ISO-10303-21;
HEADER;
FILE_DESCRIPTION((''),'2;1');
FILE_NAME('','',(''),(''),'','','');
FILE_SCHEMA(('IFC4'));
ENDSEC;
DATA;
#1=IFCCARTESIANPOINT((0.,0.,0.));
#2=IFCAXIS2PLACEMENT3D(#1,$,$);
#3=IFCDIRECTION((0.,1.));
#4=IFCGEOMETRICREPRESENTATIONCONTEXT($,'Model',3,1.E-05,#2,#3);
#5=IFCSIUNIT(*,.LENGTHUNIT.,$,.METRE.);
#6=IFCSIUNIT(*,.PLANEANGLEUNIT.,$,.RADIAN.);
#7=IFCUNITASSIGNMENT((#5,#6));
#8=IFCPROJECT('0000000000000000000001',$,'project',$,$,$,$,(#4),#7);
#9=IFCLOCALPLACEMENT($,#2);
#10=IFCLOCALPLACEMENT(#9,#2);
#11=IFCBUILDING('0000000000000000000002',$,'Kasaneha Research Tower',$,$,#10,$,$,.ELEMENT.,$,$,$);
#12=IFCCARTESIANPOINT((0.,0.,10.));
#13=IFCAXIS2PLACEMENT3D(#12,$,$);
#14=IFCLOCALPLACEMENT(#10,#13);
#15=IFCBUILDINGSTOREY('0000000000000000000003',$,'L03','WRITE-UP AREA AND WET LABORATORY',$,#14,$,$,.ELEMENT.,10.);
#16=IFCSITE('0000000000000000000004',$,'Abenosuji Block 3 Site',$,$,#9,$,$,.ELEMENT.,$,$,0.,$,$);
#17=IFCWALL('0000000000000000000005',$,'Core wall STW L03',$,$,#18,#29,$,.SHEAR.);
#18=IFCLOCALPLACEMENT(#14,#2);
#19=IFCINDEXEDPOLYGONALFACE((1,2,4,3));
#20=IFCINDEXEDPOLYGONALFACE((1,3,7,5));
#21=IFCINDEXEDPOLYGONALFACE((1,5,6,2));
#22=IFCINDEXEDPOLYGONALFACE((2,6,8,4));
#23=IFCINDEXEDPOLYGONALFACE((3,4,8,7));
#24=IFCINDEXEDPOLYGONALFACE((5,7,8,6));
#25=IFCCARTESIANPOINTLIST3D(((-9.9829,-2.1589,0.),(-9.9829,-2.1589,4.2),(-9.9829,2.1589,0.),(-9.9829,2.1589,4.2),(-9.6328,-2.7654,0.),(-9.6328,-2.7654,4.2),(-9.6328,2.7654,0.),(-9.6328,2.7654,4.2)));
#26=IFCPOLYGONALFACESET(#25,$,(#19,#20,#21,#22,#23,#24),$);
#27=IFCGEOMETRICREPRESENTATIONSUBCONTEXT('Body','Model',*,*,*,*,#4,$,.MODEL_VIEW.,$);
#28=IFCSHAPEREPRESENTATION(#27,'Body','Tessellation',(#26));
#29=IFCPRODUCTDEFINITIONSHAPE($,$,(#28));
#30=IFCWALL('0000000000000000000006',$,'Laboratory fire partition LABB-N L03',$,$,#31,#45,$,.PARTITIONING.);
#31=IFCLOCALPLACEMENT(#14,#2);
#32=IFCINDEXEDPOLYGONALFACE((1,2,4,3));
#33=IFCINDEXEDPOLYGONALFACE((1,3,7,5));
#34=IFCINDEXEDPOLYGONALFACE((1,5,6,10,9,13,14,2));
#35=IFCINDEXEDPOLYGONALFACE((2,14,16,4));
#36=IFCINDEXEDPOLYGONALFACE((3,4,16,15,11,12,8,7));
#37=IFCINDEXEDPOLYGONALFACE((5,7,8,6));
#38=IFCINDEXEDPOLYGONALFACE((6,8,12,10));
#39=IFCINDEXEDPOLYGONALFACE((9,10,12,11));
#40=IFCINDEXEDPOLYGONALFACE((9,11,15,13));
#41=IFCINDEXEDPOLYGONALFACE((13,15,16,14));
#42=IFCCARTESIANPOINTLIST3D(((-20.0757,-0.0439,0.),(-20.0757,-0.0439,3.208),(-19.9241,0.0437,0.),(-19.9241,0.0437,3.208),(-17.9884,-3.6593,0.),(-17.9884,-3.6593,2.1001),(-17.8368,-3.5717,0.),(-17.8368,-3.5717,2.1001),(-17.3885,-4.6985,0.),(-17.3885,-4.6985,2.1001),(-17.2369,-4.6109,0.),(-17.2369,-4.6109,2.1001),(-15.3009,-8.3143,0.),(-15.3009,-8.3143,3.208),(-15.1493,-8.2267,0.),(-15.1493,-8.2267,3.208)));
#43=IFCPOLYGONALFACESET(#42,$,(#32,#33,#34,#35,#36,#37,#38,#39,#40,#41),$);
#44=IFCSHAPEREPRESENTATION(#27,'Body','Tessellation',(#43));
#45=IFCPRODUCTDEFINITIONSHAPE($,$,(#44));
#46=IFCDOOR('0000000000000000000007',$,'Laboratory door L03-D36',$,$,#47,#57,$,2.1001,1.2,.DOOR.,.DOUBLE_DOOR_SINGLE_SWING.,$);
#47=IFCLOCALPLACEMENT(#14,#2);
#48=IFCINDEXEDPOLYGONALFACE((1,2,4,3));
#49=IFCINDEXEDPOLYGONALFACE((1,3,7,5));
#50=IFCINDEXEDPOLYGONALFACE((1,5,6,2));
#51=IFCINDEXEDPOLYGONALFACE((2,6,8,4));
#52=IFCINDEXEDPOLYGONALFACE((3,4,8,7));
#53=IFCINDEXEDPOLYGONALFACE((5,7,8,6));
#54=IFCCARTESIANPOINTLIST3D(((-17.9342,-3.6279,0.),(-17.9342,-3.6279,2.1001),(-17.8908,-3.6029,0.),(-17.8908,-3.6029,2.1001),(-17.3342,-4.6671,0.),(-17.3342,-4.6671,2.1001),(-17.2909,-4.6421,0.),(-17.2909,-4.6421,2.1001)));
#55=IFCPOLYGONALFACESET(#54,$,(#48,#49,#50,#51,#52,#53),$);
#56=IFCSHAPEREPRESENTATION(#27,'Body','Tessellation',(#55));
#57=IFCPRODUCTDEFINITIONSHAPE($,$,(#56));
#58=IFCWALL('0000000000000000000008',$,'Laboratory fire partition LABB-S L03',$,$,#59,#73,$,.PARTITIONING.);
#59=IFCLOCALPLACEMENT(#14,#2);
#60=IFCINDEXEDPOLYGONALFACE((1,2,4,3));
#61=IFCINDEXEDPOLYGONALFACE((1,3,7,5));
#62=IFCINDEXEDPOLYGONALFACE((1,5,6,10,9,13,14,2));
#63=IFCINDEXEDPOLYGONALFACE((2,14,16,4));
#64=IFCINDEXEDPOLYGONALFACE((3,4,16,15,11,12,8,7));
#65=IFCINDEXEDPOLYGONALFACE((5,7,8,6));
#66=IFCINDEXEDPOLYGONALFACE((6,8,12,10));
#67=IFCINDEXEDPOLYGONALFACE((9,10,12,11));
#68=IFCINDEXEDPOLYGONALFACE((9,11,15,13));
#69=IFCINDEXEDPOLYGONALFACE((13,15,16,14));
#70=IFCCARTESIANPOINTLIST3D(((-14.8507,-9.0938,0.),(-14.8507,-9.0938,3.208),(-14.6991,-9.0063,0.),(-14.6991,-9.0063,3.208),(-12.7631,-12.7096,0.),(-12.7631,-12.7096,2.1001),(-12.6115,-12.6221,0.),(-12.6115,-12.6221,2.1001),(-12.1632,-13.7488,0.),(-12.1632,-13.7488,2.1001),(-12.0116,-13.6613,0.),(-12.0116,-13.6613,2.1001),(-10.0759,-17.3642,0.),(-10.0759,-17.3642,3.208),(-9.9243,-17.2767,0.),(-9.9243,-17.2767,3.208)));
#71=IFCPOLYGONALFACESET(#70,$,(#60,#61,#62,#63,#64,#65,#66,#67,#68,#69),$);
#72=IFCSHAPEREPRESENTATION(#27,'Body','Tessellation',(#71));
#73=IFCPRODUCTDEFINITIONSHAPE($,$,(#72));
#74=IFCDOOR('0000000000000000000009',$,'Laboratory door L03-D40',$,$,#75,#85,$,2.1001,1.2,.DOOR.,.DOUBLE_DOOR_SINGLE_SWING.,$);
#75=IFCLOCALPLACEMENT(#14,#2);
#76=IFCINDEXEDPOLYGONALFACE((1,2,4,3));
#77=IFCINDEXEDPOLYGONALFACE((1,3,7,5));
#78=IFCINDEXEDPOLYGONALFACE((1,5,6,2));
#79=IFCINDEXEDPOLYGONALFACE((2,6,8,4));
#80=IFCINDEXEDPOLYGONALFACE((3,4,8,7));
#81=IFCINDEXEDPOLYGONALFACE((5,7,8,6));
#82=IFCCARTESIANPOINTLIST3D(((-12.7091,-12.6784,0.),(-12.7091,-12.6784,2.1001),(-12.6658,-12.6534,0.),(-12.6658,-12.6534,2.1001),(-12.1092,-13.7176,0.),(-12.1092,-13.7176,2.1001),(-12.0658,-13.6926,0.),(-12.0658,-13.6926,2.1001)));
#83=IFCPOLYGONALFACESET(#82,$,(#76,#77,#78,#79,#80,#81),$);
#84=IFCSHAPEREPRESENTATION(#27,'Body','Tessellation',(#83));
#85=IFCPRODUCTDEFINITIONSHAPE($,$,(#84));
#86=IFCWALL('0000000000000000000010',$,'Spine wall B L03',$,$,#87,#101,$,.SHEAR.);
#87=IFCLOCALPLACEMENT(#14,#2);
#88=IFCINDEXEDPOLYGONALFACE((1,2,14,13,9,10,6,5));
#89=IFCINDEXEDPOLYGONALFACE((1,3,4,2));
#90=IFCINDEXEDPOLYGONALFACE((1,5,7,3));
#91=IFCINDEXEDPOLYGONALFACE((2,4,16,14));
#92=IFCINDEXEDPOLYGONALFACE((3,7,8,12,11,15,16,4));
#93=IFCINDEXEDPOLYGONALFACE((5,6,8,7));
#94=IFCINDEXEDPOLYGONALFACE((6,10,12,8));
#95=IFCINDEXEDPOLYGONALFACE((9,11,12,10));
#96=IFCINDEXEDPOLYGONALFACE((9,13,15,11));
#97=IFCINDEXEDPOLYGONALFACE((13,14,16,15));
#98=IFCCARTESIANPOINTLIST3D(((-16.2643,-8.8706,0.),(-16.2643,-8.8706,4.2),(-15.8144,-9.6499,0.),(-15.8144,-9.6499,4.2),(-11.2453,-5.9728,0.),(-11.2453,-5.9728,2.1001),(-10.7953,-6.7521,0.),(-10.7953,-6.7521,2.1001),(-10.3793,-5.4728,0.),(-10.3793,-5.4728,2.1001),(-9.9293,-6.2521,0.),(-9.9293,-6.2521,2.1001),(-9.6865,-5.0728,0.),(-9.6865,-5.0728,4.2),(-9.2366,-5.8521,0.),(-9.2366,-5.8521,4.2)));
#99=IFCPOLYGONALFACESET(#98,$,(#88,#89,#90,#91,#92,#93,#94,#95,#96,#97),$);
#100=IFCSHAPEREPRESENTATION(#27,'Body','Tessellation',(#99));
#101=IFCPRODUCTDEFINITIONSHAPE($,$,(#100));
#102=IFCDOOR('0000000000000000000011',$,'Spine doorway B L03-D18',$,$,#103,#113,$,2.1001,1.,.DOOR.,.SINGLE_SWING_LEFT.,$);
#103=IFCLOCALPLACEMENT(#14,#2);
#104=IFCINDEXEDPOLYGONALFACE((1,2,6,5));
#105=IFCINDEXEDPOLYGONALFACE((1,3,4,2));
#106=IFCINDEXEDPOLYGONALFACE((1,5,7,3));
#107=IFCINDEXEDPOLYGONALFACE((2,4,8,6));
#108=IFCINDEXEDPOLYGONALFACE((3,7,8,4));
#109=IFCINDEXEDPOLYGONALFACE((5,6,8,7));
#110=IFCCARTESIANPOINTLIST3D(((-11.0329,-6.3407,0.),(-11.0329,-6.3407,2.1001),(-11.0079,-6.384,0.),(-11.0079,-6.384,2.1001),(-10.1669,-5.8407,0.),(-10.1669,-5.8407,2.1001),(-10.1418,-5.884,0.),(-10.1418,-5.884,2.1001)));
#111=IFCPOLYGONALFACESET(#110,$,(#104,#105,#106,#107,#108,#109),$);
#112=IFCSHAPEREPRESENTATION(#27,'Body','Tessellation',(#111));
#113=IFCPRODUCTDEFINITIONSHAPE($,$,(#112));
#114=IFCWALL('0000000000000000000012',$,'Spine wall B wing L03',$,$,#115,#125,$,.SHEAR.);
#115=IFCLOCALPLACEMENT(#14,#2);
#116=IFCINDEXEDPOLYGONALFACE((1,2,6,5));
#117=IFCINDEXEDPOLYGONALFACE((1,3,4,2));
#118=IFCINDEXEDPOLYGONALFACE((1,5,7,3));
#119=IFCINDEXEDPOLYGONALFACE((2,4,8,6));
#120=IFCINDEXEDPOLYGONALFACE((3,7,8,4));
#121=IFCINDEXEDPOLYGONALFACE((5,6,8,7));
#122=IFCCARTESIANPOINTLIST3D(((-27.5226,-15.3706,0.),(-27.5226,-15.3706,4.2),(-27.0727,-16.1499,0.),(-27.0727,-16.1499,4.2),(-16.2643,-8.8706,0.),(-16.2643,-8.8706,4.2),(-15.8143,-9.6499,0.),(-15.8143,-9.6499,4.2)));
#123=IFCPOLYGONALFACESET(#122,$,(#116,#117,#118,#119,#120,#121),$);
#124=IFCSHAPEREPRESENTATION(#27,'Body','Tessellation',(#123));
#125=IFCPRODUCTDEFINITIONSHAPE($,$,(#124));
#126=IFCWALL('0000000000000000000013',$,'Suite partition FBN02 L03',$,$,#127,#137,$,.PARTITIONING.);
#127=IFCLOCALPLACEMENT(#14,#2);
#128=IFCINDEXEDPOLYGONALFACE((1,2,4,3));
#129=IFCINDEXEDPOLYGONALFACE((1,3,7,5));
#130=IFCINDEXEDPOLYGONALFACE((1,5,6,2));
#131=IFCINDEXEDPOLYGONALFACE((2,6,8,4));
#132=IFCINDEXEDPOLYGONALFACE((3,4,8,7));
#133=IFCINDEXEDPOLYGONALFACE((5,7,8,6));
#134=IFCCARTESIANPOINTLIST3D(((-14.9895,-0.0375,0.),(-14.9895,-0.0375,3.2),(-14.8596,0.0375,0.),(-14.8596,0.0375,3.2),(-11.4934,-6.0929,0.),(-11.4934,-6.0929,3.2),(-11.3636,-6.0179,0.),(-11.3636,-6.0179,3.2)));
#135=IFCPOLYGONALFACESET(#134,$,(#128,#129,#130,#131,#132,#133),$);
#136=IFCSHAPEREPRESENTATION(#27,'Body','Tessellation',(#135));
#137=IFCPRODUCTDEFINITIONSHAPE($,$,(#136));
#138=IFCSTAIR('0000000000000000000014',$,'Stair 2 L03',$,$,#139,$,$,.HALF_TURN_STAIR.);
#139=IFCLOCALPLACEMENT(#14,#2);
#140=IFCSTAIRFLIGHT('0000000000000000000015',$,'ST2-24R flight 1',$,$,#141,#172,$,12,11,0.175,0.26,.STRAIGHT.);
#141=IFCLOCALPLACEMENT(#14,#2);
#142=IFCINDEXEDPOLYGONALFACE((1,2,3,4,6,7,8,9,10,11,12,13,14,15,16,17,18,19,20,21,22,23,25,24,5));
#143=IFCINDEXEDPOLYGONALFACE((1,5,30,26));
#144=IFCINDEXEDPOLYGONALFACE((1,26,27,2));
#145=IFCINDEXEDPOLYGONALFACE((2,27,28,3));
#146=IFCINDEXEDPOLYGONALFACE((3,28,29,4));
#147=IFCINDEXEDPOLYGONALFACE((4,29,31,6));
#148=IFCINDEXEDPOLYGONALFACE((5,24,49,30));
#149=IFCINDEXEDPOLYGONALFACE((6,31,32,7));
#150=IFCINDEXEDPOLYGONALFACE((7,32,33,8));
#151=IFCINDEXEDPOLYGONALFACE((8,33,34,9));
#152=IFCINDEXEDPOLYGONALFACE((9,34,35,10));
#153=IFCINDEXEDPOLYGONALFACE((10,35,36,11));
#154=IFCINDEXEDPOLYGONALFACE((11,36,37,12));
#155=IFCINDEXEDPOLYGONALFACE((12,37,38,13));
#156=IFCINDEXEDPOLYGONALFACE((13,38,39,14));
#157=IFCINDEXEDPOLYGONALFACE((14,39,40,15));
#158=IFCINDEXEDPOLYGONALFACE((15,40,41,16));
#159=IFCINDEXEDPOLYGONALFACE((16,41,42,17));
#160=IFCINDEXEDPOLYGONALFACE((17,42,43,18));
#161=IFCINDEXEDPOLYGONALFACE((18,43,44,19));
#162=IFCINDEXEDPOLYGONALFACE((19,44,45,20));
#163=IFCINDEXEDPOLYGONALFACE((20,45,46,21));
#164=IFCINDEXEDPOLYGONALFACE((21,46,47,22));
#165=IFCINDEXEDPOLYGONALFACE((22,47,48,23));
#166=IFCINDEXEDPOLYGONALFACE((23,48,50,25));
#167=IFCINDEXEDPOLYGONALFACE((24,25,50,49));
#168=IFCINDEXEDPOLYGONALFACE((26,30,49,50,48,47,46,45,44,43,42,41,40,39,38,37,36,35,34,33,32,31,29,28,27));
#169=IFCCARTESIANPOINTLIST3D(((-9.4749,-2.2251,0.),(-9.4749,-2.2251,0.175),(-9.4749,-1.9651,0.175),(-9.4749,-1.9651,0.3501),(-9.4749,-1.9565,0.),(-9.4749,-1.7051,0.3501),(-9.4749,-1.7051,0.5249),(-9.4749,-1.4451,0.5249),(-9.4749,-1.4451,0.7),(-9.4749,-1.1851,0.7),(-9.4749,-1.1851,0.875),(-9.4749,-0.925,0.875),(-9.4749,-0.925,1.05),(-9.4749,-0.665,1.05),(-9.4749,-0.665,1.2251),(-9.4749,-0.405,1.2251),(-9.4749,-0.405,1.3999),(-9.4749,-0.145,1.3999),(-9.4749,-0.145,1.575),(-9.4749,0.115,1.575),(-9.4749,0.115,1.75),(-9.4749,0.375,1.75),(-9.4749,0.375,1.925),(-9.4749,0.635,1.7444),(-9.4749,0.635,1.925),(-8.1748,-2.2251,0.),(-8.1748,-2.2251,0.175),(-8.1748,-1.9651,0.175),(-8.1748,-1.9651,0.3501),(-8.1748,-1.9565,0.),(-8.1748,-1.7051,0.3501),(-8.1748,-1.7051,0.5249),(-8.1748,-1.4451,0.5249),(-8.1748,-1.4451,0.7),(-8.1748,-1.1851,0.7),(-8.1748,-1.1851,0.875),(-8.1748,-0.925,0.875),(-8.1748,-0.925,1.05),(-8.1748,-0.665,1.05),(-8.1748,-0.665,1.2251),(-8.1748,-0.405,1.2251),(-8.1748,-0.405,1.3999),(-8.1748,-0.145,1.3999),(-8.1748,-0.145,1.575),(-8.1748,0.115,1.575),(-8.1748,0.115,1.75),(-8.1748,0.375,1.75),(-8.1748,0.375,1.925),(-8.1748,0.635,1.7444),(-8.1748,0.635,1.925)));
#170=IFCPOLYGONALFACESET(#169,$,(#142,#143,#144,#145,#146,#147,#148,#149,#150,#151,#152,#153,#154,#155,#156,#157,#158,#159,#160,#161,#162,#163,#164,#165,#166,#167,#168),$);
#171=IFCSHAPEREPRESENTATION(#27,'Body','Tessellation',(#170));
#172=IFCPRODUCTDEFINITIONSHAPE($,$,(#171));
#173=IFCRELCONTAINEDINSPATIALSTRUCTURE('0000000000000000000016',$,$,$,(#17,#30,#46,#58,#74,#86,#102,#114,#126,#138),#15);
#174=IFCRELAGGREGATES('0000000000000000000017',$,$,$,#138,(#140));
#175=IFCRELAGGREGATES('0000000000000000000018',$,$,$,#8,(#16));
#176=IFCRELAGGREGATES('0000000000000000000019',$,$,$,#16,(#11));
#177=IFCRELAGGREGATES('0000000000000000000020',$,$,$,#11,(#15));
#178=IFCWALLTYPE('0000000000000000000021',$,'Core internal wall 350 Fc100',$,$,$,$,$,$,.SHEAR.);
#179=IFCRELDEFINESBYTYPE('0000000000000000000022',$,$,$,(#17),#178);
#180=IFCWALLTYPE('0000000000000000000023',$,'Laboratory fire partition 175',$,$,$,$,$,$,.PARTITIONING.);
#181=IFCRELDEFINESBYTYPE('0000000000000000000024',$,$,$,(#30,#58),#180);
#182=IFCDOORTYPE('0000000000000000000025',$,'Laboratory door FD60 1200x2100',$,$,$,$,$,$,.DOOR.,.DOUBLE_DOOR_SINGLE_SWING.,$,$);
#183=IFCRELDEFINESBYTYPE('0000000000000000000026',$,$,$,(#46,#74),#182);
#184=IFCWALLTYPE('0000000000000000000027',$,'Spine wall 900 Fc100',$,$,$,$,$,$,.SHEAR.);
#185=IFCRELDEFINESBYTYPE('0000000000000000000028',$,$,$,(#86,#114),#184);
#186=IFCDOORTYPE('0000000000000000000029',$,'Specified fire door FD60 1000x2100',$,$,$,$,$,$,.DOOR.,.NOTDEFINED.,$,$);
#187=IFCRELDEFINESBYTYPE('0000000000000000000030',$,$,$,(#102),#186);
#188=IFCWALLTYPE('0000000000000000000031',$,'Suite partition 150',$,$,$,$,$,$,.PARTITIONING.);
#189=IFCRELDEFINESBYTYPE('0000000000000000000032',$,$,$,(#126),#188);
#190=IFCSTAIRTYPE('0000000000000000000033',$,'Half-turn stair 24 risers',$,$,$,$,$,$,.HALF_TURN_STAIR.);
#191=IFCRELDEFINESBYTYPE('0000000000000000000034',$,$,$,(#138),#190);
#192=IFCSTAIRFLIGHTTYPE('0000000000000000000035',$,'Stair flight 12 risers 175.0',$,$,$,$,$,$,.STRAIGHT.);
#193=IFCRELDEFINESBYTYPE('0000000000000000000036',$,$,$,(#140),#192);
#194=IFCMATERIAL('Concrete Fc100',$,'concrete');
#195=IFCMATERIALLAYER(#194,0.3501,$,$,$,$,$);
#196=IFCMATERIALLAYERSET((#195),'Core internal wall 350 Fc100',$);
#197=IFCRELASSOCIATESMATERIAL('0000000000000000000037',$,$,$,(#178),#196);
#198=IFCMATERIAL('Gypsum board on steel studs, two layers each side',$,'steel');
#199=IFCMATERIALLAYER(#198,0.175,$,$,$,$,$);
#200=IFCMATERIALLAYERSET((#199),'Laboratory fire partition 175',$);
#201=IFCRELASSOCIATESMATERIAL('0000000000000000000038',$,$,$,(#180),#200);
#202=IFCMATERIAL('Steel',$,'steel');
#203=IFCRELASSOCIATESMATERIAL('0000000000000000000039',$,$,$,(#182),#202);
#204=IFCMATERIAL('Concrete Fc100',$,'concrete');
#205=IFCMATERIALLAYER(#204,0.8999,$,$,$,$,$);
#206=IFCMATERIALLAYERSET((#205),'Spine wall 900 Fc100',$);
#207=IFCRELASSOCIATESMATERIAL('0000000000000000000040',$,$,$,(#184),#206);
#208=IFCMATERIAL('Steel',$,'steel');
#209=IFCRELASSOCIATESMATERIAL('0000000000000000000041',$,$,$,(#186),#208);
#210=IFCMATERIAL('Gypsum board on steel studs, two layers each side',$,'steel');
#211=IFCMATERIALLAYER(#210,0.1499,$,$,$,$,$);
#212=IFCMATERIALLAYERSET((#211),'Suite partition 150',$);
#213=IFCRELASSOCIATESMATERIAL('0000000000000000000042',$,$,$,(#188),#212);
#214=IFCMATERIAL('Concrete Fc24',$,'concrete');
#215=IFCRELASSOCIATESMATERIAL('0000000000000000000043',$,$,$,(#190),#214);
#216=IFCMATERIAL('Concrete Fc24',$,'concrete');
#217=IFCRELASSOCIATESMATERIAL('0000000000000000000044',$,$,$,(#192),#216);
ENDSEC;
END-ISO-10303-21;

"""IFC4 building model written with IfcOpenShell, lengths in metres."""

from ifc_helpers import new_model, si_unit, direction, frame, frame_2d, origin, place, context, subcontext, project, spatial, polyline, rectangle, outline, extrude, material, layer, layer_set, type_object, element, fill, aggregate, save


model = new_model("IFC4")

# Units and contexts
model_context = context("Model", 3, precision=1e-05, world=origin(), true_north=direction((0.0, 1.0)))
body_context = subcontext(model_context, "Body", "Model", "MODEL_VIEW")
ifc_project = project(units=[si_unit("LENGTHUNIT", "METRE"), si_unit("PLANEANGLEUNIT", "RADIAN")], contexts=[model_context])

# Site, building, storey
site_placement = place(None, origin())
site = spatial("IfcSite", under=ifc_project, at=site_placement, Name="Abenosuji Block 3 Site", CompositionType="ELEMENT", RefElevation=0.0)
building_placement = place(site_placement, origin())
building = spatial("IfcBuilding", under=site, at=building_placement, Name="Kasaneha Research Tower", CompositionType="ELEMENT")
storey_placement = place(building_placement, frame((0.0, 0.0, 10.0)))
storey = spatial("IfcBuildingStorey", under=building, at=storey_placement, Name="L03", Description="WRITE-UP AREA AND WET LABORATORY", CompositionType="ELEMENT", Elevation=10.0)

# Shared definitions
ifc_material_1 = material(Name="Concrete Fc100", Category="concrete")
ifc_layer_1 = layer(ifc_material_1, 0.3501)
ifc_layer_set_1 = layer_set([ifc_layer_1], Name="Core internal wall 350 Fc100")
wall_type_1 = type_object("IfcWallType", Name="Core internal wall 350 Fc100", PredefinedType="SHEAR", material=ifc_layer_set_1)

# Wall
wall_1_placement = place(storey_placement, frame((-9.8079, -2.4622, 0.0), z_axis=(0.0, 0.0, 1.0), x_axis=(0.0, 1.0, 0.0)))
element("IfcWall", 1, at=wall_1_placement, inside=storey, type_object=wall_type_1, Name="Core wall STW L03", PredefinedType="SHEAR", context=body_context, shape_type="SweptSolid", body=[
    extrude(outline(polyline([(-0.3032, -0.175), (5.2275, -0.175), (4.6211, 0.175), (0.3032, 0.175), (-0.3032, -0.175)])), origin(), (0.0, 0.0, 1.0), 4.2),
])

# Walls, openings, doors
ifc_material_2 = material(Name="Gypsum board on steel studs, two layers each side", Category="steel")
ifc_layer_2 = layer(ifc_material_2, 0.175)
ifc_layer_set_2 = layer_set([ifc_layer_2], Name="Laboratory fire partition 175")
wall_type_2 = type_object("IfcWallType", Name="Laboratory fire partition 175", PredefinedType="PARTITIONING", material=ifc_layer_set_2)
wall_2_placement = place(storey_placement, frame((-15.2251, -8.2705, 0.0), z_axis=(0.0, 0.0, 1.0), x_axis=(-0.499994, 0.866029, 0.0)))
wall_2 = element("IfcWall", 2, at=wall_2_placement, inside=storey, type_object=wall_type_2, Name="Laboratory fire partition LABB-N L03", PredefinedType="PARTITIONING", context=body_context, shape_type="SweptSolid", body=[
    extrude(rectangle(XDim=9.5498, YDim=0.175, at=frame_2d((4.7749, 0.0))), origin(), (0.0, 0.0, 1.0), 3.208),
])
opening_1_placement = place(wall_2_placement, frame((4.175, 0.0, 0.0)))
opening_1 = element("IfcOpeningElement", 3, at=opening_1_placement, cuts=wall_2, PredefinedType="OPENING", context=body_context, shape_type="SweptSolid", body=[
    extrude(rectangle(XDim=1.2, YDim=2.1001, at=frame_2d((0.6001, 1.05))), frame((0.0, 0.0977, 0.0), z_axis=(0.0, -1.0, 0.0), x_axis=(1.0, 0.0, 0.0)), (0.0, 0.0, 1.0), 0.1951),
])
ifc_material_3 = material(Name="Steel", Category="steel")
door_type_1 = type_object("IfcDoorType", Name="Laboratory door FD60 1200x2100", OperationType="DOUBLE_DOOR_SINGLE_SWING", PredefinedType="DOOR", material=ifc_material_3)
door_1_placement = place(opening_1_placement, origin())
door_1 = element("IfcDoor", 4, at=door_1_placement, inside=storey, type_object=door_type_1, Name="Laboratory door L03-D36", OperationType="DOUBLE_DOOR_SINGLE_SWING", OverallHeight=2.1001, OverallWidth=1.2, PredefinedType="DOOR", context=body_context, shape_type="SweptSolid", body=[
    extrude(rectangle(XDim=1.2, YDim=2.1001, at=frame_2d((0.6001, 1.05))), frame((0.0, 0.0249, 0.0), z_axis=(0.0, -1.0, 0.0), x_axis=(1.0, 0.0, 0.0)), (0.0, 0.0, 1.0), 0.05),
])
fill(opening_1, door_1)
wall_3_placement = place(storey_placement, frame((-14.7749, -9.05, 0.0), z_axis=(0.0, 0.0, 1.0), x_axis=(0.499994, -0.866029, 0.0)))
wall_3 = element("IfcWall", 5, at=wall_3_placement, inside=storey, type_object=wall_type_2, Name="Laboratory fire partition LABB-S L03", PredefinedType="PARTITIONING", context=body_context, shape_type="SweptSolid", body=[
    extrude(rectangle(XDim=9.5498, YDim=0.175, at=frame_2d((4.7749, 0.0))), origin(), (0.0, 0.0, 1.0), 3.208),
])
opening_2_placement = place(wall_3_placement, frame((4.175, 0.0, 0.0)))
opening_2 = element("IfcOpeningElement", 6, at=opening_2_placement, cuts=wall_3, PredefinedType="OPENING", context=body_context, shape_type="SweptSolid", body=[
    extrude(rectangle(XDim=1.2, YDim=2.1001, at=frame_2d((0.6001, 1.05))), frame((0.0, 0.0977, 0.0), z_axis=(0.0, -1.0, 0.0), x_axis=(1.0, 0.0, 0.0)), (0.0, 0.0, 1.0), 0.1951),
])
door_2_placement = place(opening_2_placement, origin())
door_2 = element("IfcDoor", 7, at=door_2_placement, inside=storey, type_object=door_type_1, Name="Laboratory door L03-D40", OperationType="DOUBLE_DOOR_SINGLE_SWING", OverallHeight=2.1001, OverallWidth=1.2, PredefinedType="DOOR", context=body_context, shape_type="SweptSolid", body=[
    extrude(rectangle(XDim=1.2, YDim=2.1001, at=frame_2d((0.6001, 1.05))), frame((0.0, 0.0249, 0.0), z_axis=(0.0, -1.0, 0.0), x_axis=(1.0, 0.0, 0.0)), (0.0, 0.0, 1.0), 0.05),
])
fill(opening_2, door_2)
ifc_material_4 = material(Name="Concrete Fc100", Category="concrete")
ifc_layer_3 = layer(ifc_material_4, 0.8999)
ifc_layer_set_3 = layer_set([ifc_layer_3], Name="Spine wall 900 Fc100")
wall_type_3 = type_object("IfcWallType", Name="Spine wall 900 Fc100", PredefinedType="SHEAR", material=ifc_layer_set_3)
wall_4_placement = place(storey_placement, frame((-9.4614, -5.4624, 0.0), z_axis=(0.0, 0.0, 1.0), x_axis=(-0.866019, -0.500011, 0.0)))
wall_4 = element("IfcWall", 8, at=wall_4_placement, inside=storey, type_object=wall_type_3, Name="Spine wall B L03", PredefinedType="SHEAR", context=body_context, shape_type="SweptSolid", body=[
    extrude(rectangle(XDim=7.5955, YDim=0.8999, at=frame_2d((3.7979, 0.0))), origin(), (0.0, 0.0, 1.0), 4.2),
])
opening_3_placement = place(wall_4_placement, frame((0.8, 0.0, 0.0)))
opening_3 = element("IfcOpeningElement", 9, at=opening_3_placement, cuts=wall_4, PredefinedType="OPENING", context=body_context, shape_type="SweptSolid", body=[
    extrude(rectangle(XDim=1.0, YDim=2.1001, at=frame_2d((0.5, 1.05))), frame((0.0, 0.46, 0.0), z_axis=(0.0, -1.0, 0.0), x_axis=(1.0, 0.0, 0.0)), (0.0, 0.0, 1.0), 0.9199),
])
ifc_material_5 = material(Name="Steel", Category="steel")
door_type_2 = type_object("IfcDoorType", Name="Specified fire door FD60 1000x2100", OperationType="NOTDEFINED", PredefinedType="DOOR", material=ifc_material_5)
door_3_placement = place(opening_3_placement, origin())
door_3 = element("IfcDoor", 10, at=door_3_placement, inside=storey, type_object=door_type_2, Name="Spine doorway B L03-D18", OperationType="SINGLE_SWING_LEFT", OverallHeight=2.1001, OverallWidth=1.0, PredefinedType="DOOR", context=body_context, shape_type="SweptSolid", body=[
    extrude(rectangle(XDim=1.0, YDim=2.1001, at=frame_2d((0.5, 1.05))), frame((0.0, 0.0249, 0.0), z_axis=(0.0, -1.0, 0.0), x_axis=(1.0, 0.0, 0.0)), (0.0, 0.0, 1.0), 0.05),
])
fill(opening_3, door_3)

# Walls
wall_5_placement = place(storey_placement, frame((-16.0393, -9.2603, 0.0), z_axis=(0.0, 0.0, 1.0), x_axis=(-0.866025, -0.500001, 0.0)))
element("IfcWall", 11, at=wall_5_placement, inside=storey, type_object=wall_type_3, Name="Spine wall B wing L03", PredefinedType="SHEAR", context=body_context, shape_type="SweptSolid", body=[
    extrude(rectangle(XDim=13.0, YDim=0.8999, at=frame_2d((6.5, 0.0))), origin(), (0.0, 0.0, 1.0), 4.2),
])
ifc_material_6 = material(Name="Gypsum board on steel studs, two layers each side", Category="steel")
ifc_layer_4 = layer(ifc_material_6, 0.1499)
ifc_layer_set_4 = layer_set([ifc_layer_4], Name="Suite partition 150")
wall_type_4 = type_object("IfcWallType", Name="Suite partition 150", PredefinedType="PARTITIONING", material=ifc_layer_set_4)
wall_6_placement = place(storey_placement, frame((-11.4285, -6.0554, 0.0), z_axis=(0.0, 0.0, 1.0), x_axis=(-0.5, 0.866026, 0.0)))
element("IfcWall", 12, at=wall_6_placement, inside=storey, type_object=wall_type_4, Name="Suite partition FBN02 L03", PredefinedType="PARTITIONING", context=body_context, shape_type="SweptSolid", body=[
    extrude(rectangle(XDim=6.9922, YDim=0.1499, at=frame_2d((3.4961, 0.0))), origin(), (0.0, 0.0, 1.0), 3.2),
])

# Stair, stair flight
ifc_material_7 = material(Name="Concrete Fc24", Category="concrete")
stair_type = type_object("IfcStairType", Name="Half-turn stair 24 risers", PredefinedType="HALF_TURN_STAIR", material=ifc_material_7)
stair_placement = place(storey_placement, origin())
stair = element("IfcStair", 13, at=stair_placement, inside=storey, type_object=stair_type, Name="Stair 2 L03", PredefinedType="HALF_TURN_STAIR")
ifc_material_8 = material(Name="Concrete Fc24", Category="concrete")
stair_flight_type = type_object("IfcStairFlightType", Name="Stair flight 12 risers 175.0", PredefinedType="STRAIGHT", material=ifc_material_8)
stair_flight_placement = place(storey_placement, frame((-8.825, -2.2251, 0.0), z_axis=(0.0, 0.0, 1.0), x_axis=(0.0, 1.0, 0.0)))
stair_flight = element("IfcStairFlight", 14, at=stair_flight_placement, type_object=stair_flight_type, Name="ST2-24R flight 1", NumberOfRisers=12, NumberOfTreads=11, PredefinedType="STRAIGHT", RiserHeight=0.175, TreadLength=0.26, context=body_context, shape_type="SweptSolid", body=[
    extrude(outline(polyline([(0.0, 0.0), (0.0, 0.175), (0.26, 0.175), (0.26, 0.3501), (0.52, 0.3501), (0.52, 0.5249), (0.78, 0.5249), (0.78, 0.7), (1.04, 0.7), (1.04, 0.875), (1.3, 0.875), (1.3, 1.05), (1.5601, 1.05), (1.5601, 1.2251), (1.8201, 1.2251), (1.8201, 1.3999), (2.0801, 1.3999), (2.0801, 1.575), (2.3401, 1.575), (2.3401, 1.75), (2.6001, 1.75), (2.6001, 1.925), (2.8601, 1.925), (2.8601, 2.1001), (2.8601, 1.7444), (0.2686, 0.0), (0.0, 0.0)])), frame((0.0, 0.6499, 0.0), z_axis=(0.0, -1.0, 0.0), x_axis=(1.0, 0.0, 0.0)), (0.0, 0.0, 1.0), 1.3),
])
aggregate(stair, [stair_flight])

save(model, "model.ifc")
